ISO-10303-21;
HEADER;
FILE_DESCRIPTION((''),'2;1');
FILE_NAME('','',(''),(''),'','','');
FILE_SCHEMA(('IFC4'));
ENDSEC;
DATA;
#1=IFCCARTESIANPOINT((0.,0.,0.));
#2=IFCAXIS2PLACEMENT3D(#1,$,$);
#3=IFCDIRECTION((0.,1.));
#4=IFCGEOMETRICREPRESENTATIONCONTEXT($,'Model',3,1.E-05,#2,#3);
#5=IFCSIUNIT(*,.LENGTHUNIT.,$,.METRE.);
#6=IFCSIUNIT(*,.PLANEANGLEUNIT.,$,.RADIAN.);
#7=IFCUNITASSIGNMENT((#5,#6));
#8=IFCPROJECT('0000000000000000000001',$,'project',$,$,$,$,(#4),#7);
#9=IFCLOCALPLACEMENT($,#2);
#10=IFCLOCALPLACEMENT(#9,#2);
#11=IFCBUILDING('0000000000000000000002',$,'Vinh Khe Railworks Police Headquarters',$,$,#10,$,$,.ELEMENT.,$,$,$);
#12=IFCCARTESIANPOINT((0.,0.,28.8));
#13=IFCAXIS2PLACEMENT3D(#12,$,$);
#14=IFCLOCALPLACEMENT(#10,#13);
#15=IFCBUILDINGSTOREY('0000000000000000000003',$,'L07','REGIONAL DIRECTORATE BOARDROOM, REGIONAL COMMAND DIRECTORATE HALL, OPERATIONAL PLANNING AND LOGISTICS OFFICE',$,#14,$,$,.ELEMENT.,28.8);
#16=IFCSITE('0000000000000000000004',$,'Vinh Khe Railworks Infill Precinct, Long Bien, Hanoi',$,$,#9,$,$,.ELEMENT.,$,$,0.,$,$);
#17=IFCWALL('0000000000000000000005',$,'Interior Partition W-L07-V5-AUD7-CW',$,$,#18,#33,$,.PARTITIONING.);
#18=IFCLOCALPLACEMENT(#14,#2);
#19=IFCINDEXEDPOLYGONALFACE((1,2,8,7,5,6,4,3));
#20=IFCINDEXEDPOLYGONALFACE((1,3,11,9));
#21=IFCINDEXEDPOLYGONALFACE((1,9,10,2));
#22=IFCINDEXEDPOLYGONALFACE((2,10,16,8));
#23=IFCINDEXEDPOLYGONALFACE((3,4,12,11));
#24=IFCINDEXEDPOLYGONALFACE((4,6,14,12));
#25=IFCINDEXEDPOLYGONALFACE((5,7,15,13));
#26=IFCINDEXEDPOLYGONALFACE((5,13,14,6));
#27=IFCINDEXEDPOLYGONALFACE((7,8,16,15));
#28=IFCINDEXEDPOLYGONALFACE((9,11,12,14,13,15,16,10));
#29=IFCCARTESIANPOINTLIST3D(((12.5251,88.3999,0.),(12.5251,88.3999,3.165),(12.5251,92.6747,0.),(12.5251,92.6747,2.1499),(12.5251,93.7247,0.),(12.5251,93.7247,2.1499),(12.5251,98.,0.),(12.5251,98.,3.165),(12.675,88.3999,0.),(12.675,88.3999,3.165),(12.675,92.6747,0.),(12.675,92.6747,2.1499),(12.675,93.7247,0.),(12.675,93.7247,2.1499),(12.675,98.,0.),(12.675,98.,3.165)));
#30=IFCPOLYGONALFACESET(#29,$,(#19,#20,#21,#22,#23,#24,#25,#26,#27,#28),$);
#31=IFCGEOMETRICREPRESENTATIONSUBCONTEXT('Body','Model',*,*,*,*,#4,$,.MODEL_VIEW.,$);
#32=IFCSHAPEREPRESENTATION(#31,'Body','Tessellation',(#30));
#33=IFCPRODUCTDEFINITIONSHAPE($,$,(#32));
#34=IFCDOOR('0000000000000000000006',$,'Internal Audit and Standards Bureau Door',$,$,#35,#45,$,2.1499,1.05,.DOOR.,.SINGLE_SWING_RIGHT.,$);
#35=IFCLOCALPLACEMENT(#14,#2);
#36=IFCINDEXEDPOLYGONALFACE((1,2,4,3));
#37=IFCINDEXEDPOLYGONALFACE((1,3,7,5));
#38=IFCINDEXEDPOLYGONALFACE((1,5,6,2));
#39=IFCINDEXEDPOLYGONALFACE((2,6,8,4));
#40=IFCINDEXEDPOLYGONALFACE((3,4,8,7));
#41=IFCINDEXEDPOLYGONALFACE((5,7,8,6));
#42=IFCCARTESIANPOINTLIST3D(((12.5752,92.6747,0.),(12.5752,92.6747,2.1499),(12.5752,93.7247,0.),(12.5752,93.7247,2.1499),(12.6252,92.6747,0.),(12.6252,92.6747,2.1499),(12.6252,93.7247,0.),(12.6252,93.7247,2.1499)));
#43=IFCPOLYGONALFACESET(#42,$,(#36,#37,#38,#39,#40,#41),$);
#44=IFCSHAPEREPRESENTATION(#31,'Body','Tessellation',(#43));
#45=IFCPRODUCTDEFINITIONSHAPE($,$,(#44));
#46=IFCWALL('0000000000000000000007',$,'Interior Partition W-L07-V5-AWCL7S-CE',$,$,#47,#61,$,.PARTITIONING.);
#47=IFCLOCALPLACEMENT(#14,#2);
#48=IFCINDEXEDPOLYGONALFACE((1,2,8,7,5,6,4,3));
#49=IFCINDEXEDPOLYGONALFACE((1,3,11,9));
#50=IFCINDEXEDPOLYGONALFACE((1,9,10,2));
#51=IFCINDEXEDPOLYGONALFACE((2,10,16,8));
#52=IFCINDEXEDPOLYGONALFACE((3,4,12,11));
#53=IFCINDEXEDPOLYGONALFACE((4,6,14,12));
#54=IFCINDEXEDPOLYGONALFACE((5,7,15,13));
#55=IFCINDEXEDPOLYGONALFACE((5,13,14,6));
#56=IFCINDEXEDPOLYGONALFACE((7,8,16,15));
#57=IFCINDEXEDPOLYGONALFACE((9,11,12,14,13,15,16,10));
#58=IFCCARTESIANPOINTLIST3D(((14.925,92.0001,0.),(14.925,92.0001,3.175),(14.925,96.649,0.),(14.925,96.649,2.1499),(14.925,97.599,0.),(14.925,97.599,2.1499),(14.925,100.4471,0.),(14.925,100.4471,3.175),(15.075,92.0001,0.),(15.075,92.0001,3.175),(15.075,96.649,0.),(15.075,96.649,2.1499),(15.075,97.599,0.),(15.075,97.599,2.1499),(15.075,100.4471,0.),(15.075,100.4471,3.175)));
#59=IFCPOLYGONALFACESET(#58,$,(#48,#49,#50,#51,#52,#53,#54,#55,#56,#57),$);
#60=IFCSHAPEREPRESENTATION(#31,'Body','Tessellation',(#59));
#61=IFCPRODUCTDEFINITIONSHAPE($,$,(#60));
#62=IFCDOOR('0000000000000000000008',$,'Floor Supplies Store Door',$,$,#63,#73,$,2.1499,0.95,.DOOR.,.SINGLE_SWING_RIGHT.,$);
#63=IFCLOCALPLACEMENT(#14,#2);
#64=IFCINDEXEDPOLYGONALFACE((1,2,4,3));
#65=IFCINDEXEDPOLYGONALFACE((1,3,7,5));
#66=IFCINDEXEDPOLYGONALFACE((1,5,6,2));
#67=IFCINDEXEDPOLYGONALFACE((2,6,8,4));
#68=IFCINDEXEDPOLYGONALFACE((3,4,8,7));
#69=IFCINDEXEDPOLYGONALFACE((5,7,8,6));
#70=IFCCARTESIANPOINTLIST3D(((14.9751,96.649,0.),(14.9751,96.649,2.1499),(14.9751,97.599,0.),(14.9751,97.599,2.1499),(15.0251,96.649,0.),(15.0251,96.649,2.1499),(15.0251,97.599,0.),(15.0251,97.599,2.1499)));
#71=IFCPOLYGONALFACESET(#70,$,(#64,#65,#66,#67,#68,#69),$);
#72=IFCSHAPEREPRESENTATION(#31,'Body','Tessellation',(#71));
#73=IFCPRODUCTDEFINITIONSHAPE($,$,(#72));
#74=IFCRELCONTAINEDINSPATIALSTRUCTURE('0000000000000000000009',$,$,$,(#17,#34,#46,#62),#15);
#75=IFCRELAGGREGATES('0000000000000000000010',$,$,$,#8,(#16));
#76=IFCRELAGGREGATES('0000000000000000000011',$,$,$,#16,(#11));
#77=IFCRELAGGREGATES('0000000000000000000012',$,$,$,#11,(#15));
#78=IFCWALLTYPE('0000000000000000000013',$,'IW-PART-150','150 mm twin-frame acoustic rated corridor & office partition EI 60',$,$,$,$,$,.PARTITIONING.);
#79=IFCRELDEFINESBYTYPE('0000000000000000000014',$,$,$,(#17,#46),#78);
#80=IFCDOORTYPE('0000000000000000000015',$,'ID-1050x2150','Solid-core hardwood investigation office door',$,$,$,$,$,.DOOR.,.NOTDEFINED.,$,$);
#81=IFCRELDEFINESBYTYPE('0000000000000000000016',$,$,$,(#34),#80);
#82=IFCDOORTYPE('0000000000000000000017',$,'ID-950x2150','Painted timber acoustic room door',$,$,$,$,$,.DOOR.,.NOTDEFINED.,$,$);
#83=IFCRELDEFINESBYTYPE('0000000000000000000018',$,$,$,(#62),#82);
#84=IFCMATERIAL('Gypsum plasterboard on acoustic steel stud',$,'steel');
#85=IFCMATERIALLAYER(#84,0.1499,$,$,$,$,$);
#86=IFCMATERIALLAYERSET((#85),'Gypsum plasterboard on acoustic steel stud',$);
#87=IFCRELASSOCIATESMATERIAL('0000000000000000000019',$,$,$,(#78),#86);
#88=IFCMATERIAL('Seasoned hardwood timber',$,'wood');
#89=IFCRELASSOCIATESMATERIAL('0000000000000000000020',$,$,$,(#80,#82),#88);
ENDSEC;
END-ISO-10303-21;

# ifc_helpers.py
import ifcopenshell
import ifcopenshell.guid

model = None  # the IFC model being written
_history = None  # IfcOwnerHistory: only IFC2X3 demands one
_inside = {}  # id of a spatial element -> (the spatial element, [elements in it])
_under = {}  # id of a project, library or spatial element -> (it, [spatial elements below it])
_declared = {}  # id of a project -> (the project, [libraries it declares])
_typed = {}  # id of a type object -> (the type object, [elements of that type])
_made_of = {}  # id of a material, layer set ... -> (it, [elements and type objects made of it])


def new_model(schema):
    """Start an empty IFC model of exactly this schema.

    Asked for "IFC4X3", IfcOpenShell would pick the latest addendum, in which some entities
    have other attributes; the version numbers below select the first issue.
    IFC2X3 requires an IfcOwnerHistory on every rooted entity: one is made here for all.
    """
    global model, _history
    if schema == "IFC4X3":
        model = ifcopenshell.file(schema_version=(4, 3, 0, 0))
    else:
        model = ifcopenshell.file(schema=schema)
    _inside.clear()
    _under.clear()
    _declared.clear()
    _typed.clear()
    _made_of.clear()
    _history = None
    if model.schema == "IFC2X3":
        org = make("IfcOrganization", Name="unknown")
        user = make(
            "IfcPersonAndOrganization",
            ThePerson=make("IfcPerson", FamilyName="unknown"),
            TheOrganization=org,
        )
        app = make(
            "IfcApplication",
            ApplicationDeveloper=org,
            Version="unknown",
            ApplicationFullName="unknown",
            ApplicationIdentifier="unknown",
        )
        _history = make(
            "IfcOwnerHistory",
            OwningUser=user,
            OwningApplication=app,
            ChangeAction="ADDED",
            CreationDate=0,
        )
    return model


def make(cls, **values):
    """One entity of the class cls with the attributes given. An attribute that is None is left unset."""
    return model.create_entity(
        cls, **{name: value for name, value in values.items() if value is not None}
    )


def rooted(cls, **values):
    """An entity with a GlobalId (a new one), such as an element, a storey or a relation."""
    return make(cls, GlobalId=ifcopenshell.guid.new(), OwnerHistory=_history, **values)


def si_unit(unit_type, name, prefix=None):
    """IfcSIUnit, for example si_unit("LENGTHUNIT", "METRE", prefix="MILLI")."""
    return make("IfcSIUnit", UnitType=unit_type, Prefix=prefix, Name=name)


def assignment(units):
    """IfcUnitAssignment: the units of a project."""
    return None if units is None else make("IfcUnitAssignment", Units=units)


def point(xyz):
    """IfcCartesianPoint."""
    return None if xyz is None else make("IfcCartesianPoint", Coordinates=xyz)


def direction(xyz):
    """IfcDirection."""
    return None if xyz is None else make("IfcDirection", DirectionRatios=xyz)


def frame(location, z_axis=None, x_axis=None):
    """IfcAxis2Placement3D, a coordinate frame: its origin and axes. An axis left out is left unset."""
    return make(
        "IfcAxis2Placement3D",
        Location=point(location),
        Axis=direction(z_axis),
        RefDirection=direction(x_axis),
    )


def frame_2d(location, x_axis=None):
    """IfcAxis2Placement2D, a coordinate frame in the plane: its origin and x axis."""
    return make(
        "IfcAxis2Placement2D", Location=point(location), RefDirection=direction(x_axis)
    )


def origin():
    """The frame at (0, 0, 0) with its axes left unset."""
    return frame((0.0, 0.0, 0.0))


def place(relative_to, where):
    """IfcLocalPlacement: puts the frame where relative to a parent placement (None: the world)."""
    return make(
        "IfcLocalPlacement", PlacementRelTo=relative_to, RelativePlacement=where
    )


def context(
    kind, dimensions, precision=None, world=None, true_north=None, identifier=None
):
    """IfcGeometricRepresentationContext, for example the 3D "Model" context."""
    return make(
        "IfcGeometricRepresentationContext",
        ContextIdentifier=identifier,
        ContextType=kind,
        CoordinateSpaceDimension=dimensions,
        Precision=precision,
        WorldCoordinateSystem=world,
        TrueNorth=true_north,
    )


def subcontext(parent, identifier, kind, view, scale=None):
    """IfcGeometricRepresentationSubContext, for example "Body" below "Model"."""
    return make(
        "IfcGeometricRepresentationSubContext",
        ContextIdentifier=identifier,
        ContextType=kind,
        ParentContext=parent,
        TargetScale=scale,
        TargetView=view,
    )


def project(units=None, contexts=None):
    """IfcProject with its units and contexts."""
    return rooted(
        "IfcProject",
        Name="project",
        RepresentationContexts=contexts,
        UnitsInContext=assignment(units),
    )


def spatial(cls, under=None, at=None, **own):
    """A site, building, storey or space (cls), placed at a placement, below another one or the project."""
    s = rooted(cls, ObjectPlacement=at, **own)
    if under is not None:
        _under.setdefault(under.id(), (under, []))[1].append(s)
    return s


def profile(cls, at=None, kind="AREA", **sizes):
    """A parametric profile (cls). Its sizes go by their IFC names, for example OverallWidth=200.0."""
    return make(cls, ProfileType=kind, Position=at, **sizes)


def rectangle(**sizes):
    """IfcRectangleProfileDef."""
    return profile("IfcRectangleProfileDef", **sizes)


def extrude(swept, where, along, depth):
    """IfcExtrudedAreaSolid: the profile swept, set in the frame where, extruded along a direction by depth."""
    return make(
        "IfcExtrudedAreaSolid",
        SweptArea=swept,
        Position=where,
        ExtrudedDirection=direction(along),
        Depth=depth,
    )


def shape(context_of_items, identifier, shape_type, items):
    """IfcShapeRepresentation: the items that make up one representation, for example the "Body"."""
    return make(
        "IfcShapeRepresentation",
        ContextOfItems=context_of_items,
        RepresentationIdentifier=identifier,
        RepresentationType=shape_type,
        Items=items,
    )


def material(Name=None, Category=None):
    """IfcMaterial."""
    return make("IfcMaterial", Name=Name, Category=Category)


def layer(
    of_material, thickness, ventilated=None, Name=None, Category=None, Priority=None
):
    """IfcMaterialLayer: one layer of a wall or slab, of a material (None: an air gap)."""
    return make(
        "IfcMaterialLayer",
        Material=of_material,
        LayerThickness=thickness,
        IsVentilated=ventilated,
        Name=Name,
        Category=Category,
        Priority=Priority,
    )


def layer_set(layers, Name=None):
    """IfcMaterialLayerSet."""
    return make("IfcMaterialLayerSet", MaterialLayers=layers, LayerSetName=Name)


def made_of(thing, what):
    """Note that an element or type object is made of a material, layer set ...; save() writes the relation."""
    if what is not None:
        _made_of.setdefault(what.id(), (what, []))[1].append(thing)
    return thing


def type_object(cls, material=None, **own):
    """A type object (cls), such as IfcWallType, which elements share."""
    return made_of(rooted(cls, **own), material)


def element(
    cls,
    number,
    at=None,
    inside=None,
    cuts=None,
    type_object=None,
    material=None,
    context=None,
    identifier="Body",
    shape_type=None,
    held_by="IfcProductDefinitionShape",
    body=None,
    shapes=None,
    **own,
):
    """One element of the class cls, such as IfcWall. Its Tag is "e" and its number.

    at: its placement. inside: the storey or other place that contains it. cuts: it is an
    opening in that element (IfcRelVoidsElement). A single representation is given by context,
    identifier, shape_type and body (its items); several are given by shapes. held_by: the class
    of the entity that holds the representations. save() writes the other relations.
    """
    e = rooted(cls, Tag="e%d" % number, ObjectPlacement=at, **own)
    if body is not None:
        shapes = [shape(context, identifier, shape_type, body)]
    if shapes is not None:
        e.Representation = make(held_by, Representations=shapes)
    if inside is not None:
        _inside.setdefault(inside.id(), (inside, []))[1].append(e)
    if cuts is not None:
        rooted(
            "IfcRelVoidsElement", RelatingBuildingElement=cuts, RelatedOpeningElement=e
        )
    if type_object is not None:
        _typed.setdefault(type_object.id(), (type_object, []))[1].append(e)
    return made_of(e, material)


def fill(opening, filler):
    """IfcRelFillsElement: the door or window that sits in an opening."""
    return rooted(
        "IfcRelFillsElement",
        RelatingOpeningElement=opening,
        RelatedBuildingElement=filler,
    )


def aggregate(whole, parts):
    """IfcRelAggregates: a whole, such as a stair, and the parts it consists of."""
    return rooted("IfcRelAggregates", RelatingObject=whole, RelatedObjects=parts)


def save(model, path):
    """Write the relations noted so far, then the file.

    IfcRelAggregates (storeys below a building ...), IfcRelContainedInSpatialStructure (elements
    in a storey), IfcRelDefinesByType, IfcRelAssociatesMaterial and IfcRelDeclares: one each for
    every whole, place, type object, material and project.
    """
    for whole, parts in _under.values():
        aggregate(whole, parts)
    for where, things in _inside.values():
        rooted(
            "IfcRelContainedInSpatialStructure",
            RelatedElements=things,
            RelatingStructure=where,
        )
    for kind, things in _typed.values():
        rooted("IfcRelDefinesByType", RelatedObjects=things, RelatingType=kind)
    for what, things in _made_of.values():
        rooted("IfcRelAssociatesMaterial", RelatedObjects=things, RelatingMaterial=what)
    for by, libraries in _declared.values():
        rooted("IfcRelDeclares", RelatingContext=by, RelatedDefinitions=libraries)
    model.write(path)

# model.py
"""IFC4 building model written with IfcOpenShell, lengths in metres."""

from ifc_helpers import new_model, si_unit, direction, frame, frame_2d, origin, place, context, subcontext, project, spatial, rectangle, extrude, material, layer, layer_set, type_object, element, fill, save


model = new_model("IFC4")

# Units and contexts
model_context = context("Model", 3, precision=1e-05, world=origin(), true_north=direction((0.0, 1.0)))
body_context = subcontext(model_context, "Body", "Model", "MODEL_VIEW")
ifc_project = project(units=[si_unit("LENGTHUNIT", "METRE"), si_unit("PLANEANGLEUNIT", "RADIAN")], contexts=[model_context])

# Site, building, storey
site_placement = place(None, origin())
site = spatial("IfcSite", under=ifc_project, at=site_placement, Name="Vinh Khe Railworks Infill Precinct, Long Bien, Hanoi", CompositionType="ELEMENT", RefElevation=0.0)
building_placement = place(site_placement, origin())
building = spatial("IfcBuilding", under=site, at=building_placement, Name="Vinh Khe Railworks Police Headquarters", CompositionType="ELEMENT")
storey_placement = place(building_placement, frame((0.0, 0.0, 28.8)))
storey = spatial("IfcBuildingStorey", under=building, at=storey_placement, Name="L07", Description="REGIONAL DIRECTORATE BOARDROOM, REGIONAL COMMAND DIRECTORATE HALL, OPERATIONAL PLANNING AND LOGISTICS OFFICE", CompositionType="ELEMENT", Elevation=28.8)

# Walls, openings, doors
ifc_material_1 = material(Name="Gypsum plasterboard on acoustic steel stud", Category="steel")
ifc_layer_1 = layer(ifc_material_1, 0.1499)
ifc_layer_set_1 = layer_set([ifc_layer_1], Name="Gypsum plasterboard on acoustic steel stud")
wall_type_1 = type_object("IfcWallType", Name="IW-PART-150", Description="150 mm twin-frame acoustic rated corridor & office partition EI 60", PredefinedType="PARTITIONING", material=ifc_layer_set_1)
wall_1_placement = place(storey_placement, frame((12.6001, 88.3999, 0.0), z_axis=(0.0, 0.0, 1.0), x_axis=(0.0, 1.0, 0.0)))
wall_1 = element("IfcWall", 1, at=wall_1_placement, inside=storey, type_object=wall_type_1, Name="Interior Partition W-L07-V5-AUD7-CW", PredefinedType="PARTITIONING", context=body_context, shape_type="SweptSolid", body=[
    extrude(rectangle(XDim=9.6001, YDim=0.1499, at=frame_2d((4.8, 0.0))), origin(), (0.0, 0.0, 1.0), 3.165),
])
opening_1_placement = place(wall_1_placement, frame((4.2749, 0.0, 0.0)))
opening_1 = element("IfcOpeningElement", 2, at=opening_1_placement, cuts=wall_1, PredefinedType="OPENING", context=body_context, shape_type="SweptSolid", body=[
    extrude(rectangle(XDim=1.05, YDim=2.1499, at=frame_2d((0.5249, 1.075))), frame((0.0, 0.0898, 0.0), z_axis=(0.0, -1.0, 0.0), x_axis=(1.0, 0.0, 0.0)), (0.0, 0.0, 1.0), 0.1797),
])
ifc_material_2 = material(Name="Seasoned hardwood timber", Category="wood")
door_type_1 = type_object("IfcDoorType", Name="ID-1050x2150", Description="Solid-core hardwood investigation office door", OperationType="NOTDEFINED", PredefinedType="DOOR", material=ifc_material_2)
door_1_placement = place(opening_1_placement, origin())
door_1 = element("IfcDoor", 3, at=door_1_placement, inside=storey, type_object=door_type_1, Name="Internal Audit and Standards Bureau Door", OperationType="SINGLE_SWING_RIGHT", OverallHeight=2.1499, OverallWidth=1.05, PredefinedType="DOOR", context=body_context, shape_type="SweptSolid", body=[
    extrude(rectangle(XDim=1.05, YDim=2.1499, at=frame_2d((0.5249, 1.075))), frame((0.0, 0.0249, 0.0), z_axis=(0.0, -1.0, 0.0), x_axis=(1.0, 0.0, 0.0)), (0.0, 0.0, 1.0), 0.05),
])
fill(opening_1, door_1)
wall_2_placement = place(storey_placement, frame((15.0, 92.0, 0.0), z_axis=(0.0, 0.0, 1.0), x_axis=(0.0, 1.0, 0.0)))
wall_2 = element("IfcWall", 4, at=wall_2_placement, inside=storey, type_object=wall_type_1, Name="Interior Partition W-L07-V5-AWCL7S-CE", PredefinedType="PARTITIONING", context=body_context, shape_type="SweptSolid", body=[
    extrude(rectangle(XDim=8.447, YDim=0.1499, at=frame_2d((4.2236, 0.0))), origin(), (0.0, 0.0, 1.0), 3.175),
])
opening_2_placement = place(wall_2_placement, frame((4.6489, 0.0, 0.0)))
opening_2 = element("IfcOpeningElement", 5, at=opening_2_placement, cuts=wall_2, PredefinedType="OPENING", context=body_context, shape_type="SweptSolid", body=[
    extrude(rectangle(XDim=0.95, YDim=2.1499, at=frame_2d((0.4751, 1.075))), frame((0.0, 0.0898, 0.0), z_axis=(0.0, -1.0, 0.0), x_axis=(1.0, 0.0, 0.0)), (0.0, 0.0, 1.0), 0.1797),
])
door_type_2 = type_object("IfcDoorType", Name="ID-950x2150", Description="Painted timber acoustic room door", OperationType="NOTDEFINED", PredefinedType="DOOR", material=ifc_material_2)
door_2_placement = place(opening_2_placement, origin())
door_2 = element("IfcDoor", 6, at=door_2_placement, inside=storey, type_object=door_type_2, Name="Floor Supplies Store Door", OperationType="SINGLE_SWING_RIGHT", OverallHeight=2.1499, OverallWidth=0.95, PredefinedType="DOOR", context=body_context, shape_type="SweptSolid", body=[
    extrude(rectangle(XDim=0.95, YDim=2.1499, at=frame_2d((0.4751, 1.075))), frame((0.0, 0.0249, 0.0), z_axis=(0.0, -1.0, 0.0), x_axis=(1.0, 0.0, 0.0)), (0.0, 0.0, 1.0), 0.05),
])
fill(opening_2, door_2)

save(model, "model.ifc")
